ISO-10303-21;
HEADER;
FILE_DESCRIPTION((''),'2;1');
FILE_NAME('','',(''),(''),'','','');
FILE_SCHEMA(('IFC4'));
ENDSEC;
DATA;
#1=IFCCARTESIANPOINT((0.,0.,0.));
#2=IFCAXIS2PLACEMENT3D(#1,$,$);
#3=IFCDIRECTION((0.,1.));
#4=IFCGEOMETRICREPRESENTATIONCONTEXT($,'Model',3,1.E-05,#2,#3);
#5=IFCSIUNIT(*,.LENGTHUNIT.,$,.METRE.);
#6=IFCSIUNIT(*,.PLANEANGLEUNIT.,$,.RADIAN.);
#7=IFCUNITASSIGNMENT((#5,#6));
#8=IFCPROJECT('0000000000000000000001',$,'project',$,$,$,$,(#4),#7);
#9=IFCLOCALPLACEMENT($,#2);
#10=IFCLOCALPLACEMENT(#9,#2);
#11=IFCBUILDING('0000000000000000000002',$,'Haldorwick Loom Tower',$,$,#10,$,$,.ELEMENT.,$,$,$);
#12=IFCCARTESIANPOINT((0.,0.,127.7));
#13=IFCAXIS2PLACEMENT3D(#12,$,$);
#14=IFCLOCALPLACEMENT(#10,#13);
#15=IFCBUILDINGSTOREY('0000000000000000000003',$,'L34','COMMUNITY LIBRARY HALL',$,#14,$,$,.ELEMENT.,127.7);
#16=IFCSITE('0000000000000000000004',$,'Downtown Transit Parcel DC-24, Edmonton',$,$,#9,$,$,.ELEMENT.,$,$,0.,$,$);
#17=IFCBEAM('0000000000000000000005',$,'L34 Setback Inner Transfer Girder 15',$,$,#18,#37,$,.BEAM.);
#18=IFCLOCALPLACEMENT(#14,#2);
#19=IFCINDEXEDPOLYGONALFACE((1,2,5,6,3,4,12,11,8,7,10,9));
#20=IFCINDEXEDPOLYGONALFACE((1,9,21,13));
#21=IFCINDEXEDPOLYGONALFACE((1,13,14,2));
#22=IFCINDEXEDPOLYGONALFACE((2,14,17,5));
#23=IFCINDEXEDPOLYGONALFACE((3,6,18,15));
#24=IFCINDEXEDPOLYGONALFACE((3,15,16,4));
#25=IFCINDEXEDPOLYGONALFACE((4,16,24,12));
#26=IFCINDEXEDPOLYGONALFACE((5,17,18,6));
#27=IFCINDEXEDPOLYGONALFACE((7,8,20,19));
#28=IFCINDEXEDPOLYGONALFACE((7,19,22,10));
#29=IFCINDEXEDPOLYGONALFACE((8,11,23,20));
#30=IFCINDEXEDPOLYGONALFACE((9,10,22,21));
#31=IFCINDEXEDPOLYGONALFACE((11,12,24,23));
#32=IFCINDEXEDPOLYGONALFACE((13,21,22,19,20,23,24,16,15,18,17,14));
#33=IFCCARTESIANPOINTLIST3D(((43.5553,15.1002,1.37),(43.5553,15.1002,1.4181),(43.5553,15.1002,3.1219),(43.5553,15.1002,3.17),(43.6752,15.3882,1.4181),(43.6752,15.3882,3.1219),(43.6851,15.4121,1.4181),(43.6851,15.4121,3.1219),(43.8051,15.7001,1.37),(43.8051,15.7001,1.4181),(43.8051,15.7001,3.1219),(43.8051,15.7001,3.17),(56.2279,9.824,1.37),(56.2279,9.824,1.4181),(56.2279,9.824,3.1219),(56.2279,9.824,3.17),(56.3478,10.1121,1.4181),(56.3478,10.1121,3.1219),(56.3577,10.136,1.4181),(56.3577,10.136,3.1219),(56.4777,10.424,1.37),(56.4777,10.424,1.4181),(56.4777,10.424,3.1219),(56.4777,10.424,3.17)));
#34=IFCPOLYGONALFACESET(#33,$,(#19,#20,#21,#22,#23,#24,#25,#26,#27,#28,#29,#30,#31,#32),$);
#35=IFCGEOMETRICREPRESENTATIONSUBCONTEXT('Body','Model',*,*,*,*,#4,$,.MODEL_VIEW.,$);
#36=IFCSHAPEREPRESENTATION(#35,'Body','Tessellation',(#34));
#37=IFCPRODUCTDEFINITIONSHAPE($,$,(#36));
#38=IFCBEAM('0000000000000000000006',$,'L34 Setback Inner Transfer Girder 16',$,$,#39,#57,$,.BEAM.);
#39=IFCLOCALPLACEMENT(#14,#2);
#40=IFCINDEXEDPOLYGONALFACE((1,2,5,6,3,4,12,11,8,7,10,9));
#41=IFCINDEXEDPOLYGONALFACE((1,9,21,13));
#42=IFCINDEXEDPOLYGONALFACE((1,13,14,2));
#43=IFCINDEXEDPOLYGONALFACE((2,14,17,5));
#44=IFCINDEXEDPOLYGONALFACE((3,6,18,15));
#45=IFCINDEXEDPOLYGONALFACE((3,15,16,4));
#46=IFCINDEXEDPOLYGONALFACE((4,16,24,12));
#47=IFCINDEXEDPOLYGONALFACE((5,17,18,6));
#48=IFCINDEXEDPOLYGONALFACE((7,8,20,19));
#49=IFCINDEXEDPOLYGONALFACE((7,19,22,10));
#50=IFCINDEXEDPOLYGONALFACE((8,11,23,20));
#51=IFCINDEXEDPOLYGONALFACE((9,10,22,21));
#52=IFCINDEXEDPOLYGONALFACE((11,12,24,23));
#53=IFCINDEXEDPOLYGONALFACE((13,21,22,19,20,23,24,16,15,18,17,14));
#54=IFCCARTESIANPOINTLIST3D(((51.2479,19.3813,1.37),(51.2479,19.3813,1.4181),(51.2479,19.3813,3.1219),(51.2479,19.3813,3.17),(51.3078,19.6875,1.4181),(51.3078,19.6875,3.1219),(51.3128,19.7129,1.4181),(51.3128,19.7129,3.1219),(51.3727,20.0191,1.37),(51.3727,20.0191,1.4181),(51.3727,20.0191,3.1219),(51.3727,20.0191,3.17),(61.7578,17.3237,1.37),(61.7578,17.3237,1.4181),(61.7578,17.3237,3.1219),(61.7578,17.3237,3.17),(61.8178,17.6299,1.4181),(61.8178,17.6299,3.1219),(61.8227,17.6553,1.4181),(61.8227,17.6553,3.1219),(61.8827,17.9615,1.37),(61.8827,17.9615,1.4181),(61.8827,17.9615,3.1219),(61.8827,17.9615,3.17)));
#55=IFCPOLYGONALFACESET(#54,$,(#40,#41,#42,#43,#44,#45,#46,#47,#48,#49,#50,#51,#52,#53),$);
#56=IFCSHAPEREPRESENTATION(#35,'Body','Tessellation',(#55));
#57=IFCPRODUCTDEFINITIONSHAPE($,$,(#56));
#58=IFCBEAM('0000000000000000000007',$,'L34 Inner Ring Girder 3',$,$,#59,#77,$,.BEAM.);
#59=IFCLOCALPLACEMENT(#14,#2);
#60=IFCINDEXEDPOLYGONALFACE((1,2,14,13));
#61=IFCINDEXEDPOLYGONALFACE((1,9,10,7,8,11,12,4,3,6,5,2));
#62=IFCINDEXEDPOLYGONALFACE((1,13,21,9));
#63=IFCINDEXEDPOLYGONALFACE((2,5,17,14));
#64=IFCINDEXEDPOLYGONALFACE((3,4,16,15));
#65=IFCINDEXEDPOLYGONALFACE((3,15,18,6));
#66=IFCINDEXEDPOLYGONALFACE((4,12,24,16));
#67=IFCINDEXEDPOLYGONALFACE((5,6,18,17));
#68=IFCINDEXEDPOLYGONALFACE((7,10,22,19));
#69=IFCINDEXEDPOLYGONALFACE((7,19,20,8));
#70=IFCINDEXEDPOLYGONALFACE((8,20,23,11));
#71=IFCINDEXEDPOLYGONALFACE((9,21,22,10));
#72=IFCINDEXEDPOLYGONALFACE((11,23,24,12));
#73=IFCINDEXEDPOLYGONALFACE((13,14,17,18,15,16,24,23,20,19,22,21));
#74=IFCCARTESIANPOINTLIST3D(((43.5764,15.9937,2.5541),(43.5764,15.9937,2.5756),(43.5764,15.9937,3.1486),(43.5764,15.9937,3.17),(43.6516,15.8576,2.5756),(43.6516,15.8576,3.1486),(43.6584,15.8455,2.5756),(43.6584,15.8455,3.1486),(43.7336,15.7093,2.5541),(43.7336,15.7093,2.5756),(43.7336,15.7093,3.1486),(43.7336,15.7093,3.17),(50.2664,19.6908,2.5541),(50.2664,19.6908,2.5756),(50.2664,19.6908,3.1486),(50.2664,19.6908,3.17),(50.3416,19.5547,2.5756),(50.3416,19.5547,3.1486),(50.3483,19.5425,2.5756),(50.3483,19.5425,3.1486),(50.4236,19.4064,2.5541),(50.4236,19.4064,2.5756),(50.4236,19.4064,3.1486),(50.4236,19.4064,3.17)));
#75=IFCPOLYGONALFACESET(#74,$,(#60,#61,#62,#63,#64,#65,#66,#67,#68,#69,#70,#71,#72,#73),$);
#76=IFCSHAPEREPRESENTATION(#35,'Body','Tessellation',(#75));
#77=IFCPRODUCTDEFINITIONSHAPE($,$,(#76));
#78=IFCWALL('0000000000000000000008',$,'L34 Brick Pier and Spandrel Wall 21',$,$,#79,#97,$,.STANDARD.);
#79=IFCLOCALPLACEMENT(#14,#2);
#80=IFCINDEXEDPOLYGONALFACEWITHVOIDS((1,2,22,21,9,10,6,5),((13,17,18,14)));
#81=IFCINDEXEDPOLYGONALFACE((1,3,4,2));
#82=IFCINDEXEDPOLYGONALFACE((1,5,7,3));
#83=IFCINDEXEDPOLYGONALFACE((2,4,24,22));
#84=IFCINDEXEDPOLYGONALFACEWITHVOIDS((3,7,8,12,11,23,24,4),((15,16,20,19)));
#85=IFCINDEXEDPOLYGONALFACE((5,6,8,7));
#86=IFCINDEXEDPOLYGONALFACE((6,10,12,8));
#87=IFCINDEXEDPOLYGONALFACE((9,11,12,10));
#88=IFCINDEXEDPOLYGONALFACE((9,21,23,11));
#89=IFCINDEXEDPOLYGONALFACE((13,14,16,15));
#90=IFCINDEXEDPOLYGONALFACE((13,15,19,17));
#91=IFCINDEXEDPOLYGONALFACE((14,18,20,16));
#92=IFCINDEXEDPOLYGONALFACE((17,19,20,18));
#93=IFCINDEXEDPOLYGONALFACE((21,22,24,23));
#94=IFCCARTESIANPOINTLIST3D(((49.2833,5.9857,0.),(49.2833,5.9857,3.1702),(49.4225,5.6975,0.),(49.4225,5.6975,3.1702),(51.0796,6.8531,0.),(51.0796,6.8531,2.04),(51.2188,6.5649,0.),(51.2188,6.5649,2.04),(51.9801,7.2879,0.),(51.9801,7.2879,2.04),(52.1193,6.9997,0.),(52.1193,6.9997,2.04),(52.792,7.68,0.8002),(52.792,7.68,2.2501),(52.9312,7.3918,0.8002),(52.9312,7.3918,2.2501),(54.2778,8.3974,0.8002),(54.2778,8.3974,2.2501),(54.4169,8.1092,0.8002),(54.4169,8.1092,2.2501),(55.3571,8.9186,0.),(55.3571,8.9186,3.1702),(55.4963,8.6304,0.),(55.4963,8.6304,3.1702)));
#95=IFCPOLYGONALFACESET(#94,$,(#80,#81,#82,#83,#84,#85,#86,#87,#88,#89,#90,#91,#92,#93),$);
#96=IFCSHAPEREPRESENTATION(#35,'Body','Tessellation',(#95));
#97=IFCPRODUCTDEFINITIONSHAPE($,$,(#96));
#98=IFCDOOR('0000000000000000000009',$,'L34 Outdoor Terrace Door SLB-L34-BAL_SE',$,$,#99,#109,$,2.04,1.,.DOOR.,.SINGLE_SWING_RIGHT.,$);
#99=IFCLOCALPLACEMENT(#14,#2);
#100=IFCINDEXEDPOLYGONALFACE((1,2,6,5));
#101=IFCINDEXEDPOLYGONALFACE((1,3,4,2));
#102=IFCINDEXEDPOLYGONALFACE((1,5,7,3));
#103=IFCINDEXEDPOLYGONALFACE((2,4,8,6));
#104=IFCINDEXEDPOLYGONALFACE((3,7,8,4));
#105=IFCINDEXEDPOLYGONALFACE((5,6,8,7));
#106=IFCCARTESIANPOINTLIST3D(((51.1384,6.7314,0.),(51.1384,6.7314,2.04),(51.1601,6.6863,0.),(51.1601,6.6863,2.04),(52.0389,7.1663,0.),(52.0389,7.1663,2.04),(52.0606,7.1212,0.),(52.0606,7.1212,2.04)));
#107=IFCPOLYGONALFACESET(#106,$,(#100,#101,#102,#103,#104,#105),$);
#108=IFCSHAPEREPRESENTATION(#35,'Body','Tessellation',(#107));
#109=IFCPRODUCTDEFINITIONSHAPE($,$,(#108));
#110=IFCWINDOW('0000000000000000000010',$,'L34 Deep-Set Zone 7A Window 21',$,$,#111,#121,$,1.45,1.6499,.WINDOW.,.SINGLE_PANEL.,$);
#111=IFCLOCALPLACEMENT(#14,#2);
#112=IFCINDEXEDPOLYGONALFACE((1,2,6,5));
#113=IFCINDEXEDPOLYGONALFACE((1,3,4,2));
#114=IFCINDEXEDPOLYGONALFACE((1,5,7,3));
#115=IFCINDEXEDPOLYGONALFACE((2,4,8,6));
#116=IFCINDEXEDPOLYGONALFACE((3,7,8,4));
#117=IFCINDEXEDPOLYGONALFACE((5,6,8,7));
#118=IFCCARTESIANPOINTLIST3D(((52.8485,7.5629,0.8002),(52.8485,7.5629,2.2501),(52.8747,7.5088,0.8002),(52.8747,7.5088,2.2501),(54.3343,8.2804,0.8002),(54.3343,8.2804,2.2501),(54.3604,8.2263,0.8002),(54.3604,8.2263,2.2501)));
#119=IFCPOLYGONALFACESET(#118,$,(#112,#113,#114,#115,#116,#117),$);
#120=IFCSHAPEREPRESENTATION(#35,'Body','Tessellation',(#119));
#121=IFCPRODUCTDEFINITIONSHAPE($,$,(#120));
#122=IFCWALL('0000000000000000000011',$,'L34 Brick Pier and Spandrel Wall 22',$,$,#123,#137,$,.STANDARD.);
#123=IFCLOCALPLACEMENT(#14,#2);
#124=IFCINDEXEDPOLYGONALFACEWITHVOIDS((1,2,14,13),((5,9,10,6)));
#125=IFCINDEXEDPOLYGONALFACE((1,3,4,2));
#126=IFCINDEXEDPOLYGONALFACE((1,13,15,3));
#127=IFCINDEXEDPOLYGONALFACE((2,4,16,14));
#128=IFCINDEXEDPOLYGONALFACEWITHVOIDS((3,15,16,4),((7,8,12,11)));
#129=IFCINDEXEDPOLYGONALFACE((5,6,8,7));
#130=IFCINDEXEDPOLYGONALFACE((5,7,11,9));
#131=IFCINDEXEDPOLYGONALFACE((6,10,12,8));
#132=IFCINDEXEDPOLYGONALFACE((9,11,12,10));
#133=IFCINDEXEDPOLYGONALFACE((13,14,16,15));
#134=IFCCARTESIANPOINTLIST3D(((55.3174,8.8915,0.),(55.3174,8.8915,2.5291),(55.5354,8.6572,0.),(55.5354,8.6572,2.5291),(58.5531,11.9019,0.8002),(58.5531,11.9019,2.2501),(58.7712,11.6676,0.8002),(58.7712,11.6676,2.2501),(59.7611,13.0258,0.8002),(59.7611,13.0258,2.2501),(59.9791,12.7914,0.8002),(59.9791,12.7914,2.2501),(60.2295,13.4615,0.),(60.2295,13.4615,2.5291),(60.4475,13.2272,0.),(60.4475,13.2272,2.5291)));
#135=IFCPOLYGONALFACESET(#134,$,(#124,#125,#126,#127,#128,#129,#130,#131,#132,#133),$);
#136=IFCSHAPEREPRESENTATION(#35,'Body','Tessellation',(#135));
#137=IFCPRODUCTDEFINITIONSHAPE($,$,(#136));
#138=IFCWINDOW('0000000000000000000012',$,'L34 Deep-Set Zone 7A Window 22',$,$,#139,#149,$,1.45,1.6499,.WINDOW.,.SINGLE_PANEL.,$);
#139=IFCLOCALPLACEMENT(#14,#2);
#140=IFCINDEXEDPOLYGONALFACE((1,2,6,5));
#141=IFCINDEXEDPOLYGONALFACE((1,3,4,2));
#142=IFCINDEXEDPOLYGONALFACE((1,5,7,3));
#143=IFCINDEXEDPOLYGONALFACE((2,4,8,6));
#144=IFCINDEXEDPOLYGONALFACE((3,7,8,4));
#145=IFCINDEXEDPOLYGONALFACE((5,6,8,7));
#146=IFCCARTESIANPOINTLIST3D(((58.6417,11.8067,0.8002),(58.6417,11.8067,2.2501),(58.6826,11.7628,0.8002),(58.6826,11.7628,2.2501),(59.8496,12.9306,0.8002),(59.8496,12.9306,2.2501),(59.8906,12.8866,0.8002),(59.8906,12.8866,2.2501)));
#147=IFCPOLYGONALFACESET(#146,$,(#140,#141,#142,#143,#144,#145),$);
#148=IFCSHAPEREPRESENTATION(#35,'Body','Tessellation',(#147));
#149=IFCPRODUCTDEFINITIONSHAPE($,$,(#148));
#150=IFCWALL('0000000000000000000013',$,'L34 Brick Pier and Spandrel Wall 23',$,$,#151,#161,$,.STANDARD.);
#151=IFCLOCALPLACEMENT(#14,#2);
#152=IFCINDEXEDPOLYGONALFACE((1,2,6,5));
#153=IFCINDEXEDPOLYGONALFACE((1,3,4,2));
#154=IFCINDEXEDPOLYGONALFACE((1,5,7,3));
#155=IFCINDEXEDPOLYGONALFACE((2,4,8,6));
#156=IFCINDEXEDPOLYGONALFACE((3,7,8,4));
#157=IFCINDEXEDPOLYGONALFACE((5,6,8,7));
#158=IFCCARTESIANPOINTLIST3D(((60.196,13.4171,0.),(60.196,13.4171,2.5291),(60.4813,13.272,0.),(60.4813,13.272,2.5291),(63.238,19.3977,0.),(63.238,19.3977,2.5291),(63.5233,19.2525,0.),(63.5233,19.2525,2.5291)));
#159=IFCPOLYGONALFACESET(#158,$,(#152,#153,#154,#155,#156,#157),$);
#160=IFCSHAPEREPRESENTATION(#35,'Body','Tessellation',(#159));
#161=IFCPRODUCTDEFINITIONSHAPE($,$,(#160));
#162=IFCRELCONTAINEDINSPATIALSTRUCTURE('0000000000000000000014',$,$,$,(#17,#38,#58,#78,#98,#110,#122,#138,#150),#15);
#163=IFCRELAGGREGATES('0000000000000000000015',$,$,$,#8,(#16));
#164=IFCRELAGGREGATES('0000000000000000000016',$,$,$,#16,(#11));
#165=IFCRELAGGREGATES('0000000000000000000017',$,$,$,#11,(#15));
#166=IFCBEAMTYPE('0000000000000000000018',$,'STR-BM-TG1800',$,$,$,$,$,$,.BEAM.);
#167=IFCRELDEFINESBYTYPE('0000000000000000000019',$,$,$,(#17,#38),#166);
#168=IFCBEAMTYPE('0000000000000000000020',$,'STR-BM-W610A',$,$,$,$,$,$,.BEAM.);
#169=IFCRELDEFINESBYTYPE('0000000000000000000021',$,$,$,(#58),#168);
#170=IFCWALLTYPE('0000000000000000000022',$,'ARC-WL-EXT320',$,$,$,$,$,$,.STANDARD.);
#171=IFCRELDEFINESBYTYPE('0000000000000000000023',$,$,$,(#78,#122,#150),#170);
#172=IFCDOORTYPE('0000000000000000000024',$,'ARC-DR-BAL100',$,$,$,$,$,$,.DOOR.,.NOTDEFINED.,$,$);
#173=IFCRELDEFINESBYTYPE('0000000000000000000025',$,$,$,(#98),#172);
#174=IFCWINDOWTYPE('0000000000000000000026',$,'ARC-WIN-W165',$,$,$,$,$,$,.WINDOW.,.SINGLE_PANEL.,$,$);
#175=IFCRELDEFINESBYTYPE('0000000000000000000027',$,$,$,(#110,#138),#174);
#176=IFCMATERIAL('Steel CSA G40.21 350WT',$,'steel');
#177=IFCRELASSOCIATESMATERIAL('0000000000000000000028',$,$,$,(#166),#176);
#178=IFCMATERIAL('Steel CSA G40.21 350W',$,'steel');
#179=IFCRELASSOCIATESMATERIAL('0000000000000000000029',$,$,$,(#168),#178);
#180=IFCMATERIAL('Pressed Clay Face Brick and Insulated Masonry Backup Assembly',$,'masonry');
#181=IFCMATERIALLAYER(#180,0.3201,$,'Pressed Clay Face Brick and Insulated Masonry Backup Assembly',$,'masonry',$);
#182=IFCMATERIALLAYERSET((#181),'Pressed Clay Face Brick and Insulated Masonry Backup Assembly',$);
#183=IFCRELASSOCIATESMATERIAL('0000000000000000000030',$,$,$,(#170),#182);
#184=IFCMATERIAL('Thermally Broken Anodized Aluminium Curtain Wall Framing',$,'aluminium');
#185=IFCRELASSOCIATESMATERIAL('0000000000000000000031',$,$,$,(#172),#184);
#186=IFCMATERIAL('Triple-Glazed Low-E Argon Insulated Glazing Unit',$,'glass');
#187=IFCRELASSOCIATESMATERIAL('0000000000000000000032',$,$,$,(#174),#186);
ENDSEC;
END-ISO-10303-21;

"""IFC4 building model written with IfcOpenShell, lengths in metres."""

from ifc_helpers import new_model, si_unit, direction, frame, frame_2d, origin, origin_2d, place, context, subcontext, project, spatial, rectangle, i_section, extrude, material, layer, layer_set, material_profile, profile_set, type_object, element, fill, save


model = new_model("IFC4")

# Units and contexts
model_context = context("Model", 3, precision=1e-05, world=origin(), true_north=direction((0.0, 1.0)))
body_context = subcontext(model_context, "Body", "Model", "MODEL_VIEW")
ifc_project = project(units=[si_unit("LENGTHUNIT", "METRE"), si_unit("PLANEANGLEUNIT", "RADIAN")], contexts=[model_context])

# Site, building, storey
site_placement = place(None, origin())
site = spatial("IfcSite", under=ifc_project, at=site_placement, Name="Downtown Transit Parcel DC-24, Edmonton", CompositionType="ELEMENT", RefElevation=0.0)
building_placement = place(site_placement, origin())
building = spatial("IfcBuilding", under=site, at=building_placement, Name="Haldorwick Loom Tower", CompositionType="ELEMENT")
storey_placement = place(building_placement, frame((0.0, 0.0, 127.7)))
storey = spatial("IfcBuildingStorey", under=building, at=storey_placement, Name="L34", Description="COMMUNITY LIBRARY HALL", CompositionType="ELEMENT", Elevation=127.7)

# Shared definitions
ifc_material_1 = material(Name="Steel CSA G40.21 350WT", Category="steel")

# Beams
ifc_material_2 = material(Name="Steel CSA G40.21 350W", Category="steel")
ifc_material_profile_1 = material_profile(ifc_material_1, i_section(OverallWidth=0.6499, OverallDepth=1.8, WebThickness=0.0259, FlangeThickness=0.0481, at=origin_2d()), Name="WWF1800X650", Category="steel")
ifc_profile_set_1 = profile_set([ifc_material_profile_1], Name="Steel CSA G40.21 350WT")
beam_type_1 = type_object("IfcBeamType", Name="STR-BM-TG1800", PredefinedType="BEAM", material=ifc_profile_set_1)
beam_1_placement = place(storey_placement, frame((43.6802, 15.4001, 2.27), z_axis=(0.923184, -0.384359, 0.0), x_axis=(0.384359, 0.923184, 0.0)))
element("IfcBeam", 1, at=beam_1_placement, inside=storey, type_object=beam_type_1, Name="L34 Setback Inner Transfer Girder 15", PredefinedType="BEAM", context=body_context, shape_type="SweptSolid", body=[
    extrude(i_section(OverallWidth=0.6499, OverallDepth=1.8, WebThickness=0.0259, FlangeThickness=0.0481, at=origin_2d()), origin(), (0.0, 0.0, 1.0), 13.7271),
])
beam_2_placement = place(storey_placement, frame((51.3103, 19.7002, 2.27), z_axis=(0.98137, -0.192129, 0.0), x_axis=(0.192129, 0.98137, 0.0)))
element("IfcBeam", 2, at=beam_2_placement, inside=storey, type_object=beam_type_1, Name="L34 Setback Inner Transfer Girder 16", PredefinedType="BEAM", context=body_context, shape_type="SweptSolid", body=[
    extrude(i_section(OverallWidth=0.6499, OverallDepth=1.8, WebThickness=0.0259, FlangeThickness=0.0481, at=origin_2d()), origin(), (0.0, 0.0, 1.0), 10.7095),
])
ifc_material_profile_2 = material_profile(ifc_material_2, i_section(OverallWidth=0.325, OverallDepth=0.616, WebThickness=0.0139, FlangeThickness=0.0215, at=origin_2d()), Name="W610X174", Category="steel")
ifc_profile_set_2 = profile_set([ifc_material_profile_2], Name="Steel CSA G40.21 350W")
beam_type_2 = type_object("IfcBeamType", Name="STR-BM-W610A", PredefinedType="BEAM", material=ifc_profile_set_2)
beam_3_placement = place(storey_placement, frame((50.345, 19.5486, 2.8621), z_axis=(-0.875244, -0.483681, 0.0), x_axis=(0.483681, -0.875244, 0.0)))
element("IfcBeam", 3, at=beam_3_placement, inside=storey, type_object=beam_type_2, Name="L34 Inner Ring Girder 3", PredefinedType="BEAM", context=body_context, shape_type="SweptSolid", body=[
    extrude(i_section(OverallWidth=0.325, OverallDepth=0.616, WebThickness=0.0139, FlangeThickness=0.0215, at=origin_2d()), origin(), (0.0, 0.0, 1.0), 7.6436),
])

# Wall, openings, door, window
ifc_material_3 = material(Name="Pressed Clay Face Brick and Insulated Masonry Backup Assembly", Category="masonry")
ifc_layer_1 = layer(ifc_material_3, 0.3201, Name="Pressed Clay Face Brick and Insulated Masonry Backup Assembly", Category="masonry")
ifc_layer_set_1 = layer_set([ifc_layer_1], Name="Pressed Clay Face Brick and Insulated Masonry Backup Assembly")
wall_type_1 = type_object("IfcWallType", Name="ARC-WL-EXT320", PredefinedType="STANDARD", material=ifc_layer_set_1)
wall_1_placement = place(storey_placement, frame((49.3528, 5.8416, 0.0), z_axis=(0.0, 0.0, 1.0), x_axis=(0.90051, 0.434835, 0.0)))
wall_1 = element("IfcWall", 4, at=wall_1_placement, inside=storey, type_object=wall_type_1, Name="L34 Brick Pier and Spandrel Wall 21", PredefinedType="STANDARD", context=body_context, shape_type="SweptSolid", body=[
    extrude(rectangle(XDim=6.7449, YDim=0.3201, at=frame_2d((3.3726, 0.0))), origin(), (0.0, 0.0, 1.0), 3.1702),
])
opening_1_placement = place(wall_1_placement, frame((1.9949, 0.0, 0.0)))
opening_1 = element("IfcOpeningElement", 5, at=opening_1_placement, cuts=wall_1, PredefinedType="OPENING", context=body_context, shape_type="SweptSolid", body=[
    extrude(rectangle(XDim=1.0, YDim=2.04, at=frame_2d((0.5, 1.02))), frame((0.0, 0.1699, 0.0), z_axis=(0.0, -1.0, 0.0), x_axis=(1.0, 0.0, 0.0)), (0.0, 0.0, 1.0), 0.3401),
])
opening_2_placement = place(wall_1_placement, frame((3.8965, 0.0, 0.8)))
opening_2 = element("IfcOpeningElement", 6, at=opening_2_placement, cuts=wall_1, PredefinedType="OPENING", context=body_context, shape_type="SweptSolid", body=[
    extrude(rectangle(XDim=1.6499, YDim=1.45, at=frame_2d((0.825, 0.7251))), frame((0.0, 0.1699, 0.0), z_axis=(0.0, -1.0, 0.0), x_axis=(1.0, 0.0, 0.0)), (0.0, 0.0, 1.0), 0.3401),
])
ifc_material_4 = material(Name="Thermally Broken Anodized Aluminium Curtain Wall Framing", Category="aluminium")
door_type_1 = type_object("IfcDoorType", Name="ARC-DR-BAL100", OperationType="NOTDEFINED", PredefinedType="DOOR", material=ifc_material_4)
door_1_placement = place(opening_1_placement, origin())
door_1 = element("IfcDoor", 7, at=door_1_placement, inside=storey, type_object=door_type_1, Name="L34 Outdoor Terrace Door SLB-L34-BAL_SE", OperationType="SINGLE_SWING_RIGHT", OverallHeight=2.04, OverallWidth=1.0, PredefinedType="DOOR", context=body_context, shape_type="SweptSolid", body=[
    extrude(rectangle(XDim=1.0, YDim=2.04, at=frame_2d((0.5, 1.02))), frame((0.0, 0.0249, 0.0), z_axis=(0.0, -1.0, 0.0), x_axis=(1.0, 0.0, 0.0)), (0.0, 0.0, 1.0), 0.05),
])
fill(opening_1, door_1)
ifc_material_5 = material(Name="Triple-Glazed Low-E Argon Insulated Glazing Unit", Category="glass")
window_type = type_object("IfcWindowType", Name="ARC-WIN-W165", PartitioningType="SINGLE_PANEL", PredefinedType="WINDOW", material=ifc_material_5)
window_1_placement = place(opening_2_placement, origin())
window_1 = element("IfcWindow", 8, at=window_1_placement, inside=storey, type_object=window_type, Name="L34 Deep-Set Zone 7A Window 21", OverallHeight=1.45, OverallWidth=1.6499, PartitioningType="SINGLE_PANEL", PredefinedType="WINDOW", context=body_context, shape_type="SweptSolid", body=[
    extrude(rectangle(XDim=1.6499, YDim=1.45, at=frame_2d((0.825, 0.7251))), frame((0.0, 0.03, 0.0), z_axis=(0.0, -1.0, 0.0), x_axis=(1.0, 0.0, 0.0)), (0.0, 0.0, 1.0), 0.0601),
])
fill(opening_2, window_1)

# Wall, opening, window
wall_2_placement = place(storey_placement, frame((55.4265, 8.7744, 0.0), z_axis=(0.0, 0.0, 1.0), x_axis=(0.732137, 0.681157, 0.0)))
wall_2 = element("IfcWall", 9, at=wall_2_placement, inside=storey, type_object=wall_type_1, Name="L34 Brick Pier and Spandrel Wall 22", PredefinedType="STANDARD", context=body_context, shape_type="SweptSolid", body=[
    extrude(rectangle(XDim=6.7092, YDim=0.3201, at=frame_2d((3.3545, 0.0))), origin(), (0.0, 0.0, 1.0), 2.5291),
])
opening_3_placement = place(wall_2_placement, frame((4.4194, 0.0, 0.8)))
opening_3 = element("IfcOpeningElement", 10, at=opening_3_placement, cuts=wall_2, PredefinedType="OPENING", context=body_context, shape_type="SweptSolid", body=[
    extrude(rectangle(XDim=1.6499, YDim=1.45, at=frame_2d((0.825, 0.7251))), frame((0.0, 0.1699, 0.0), z_axis=(0.0, -1.0, 0.0), x_axis=(1.0, 0.0, 0.0)), (0.0, 0.0, 1.0), 0.3401),
])
window_2_placement = place(opening_3_placement, origin())
window_2 = element("IfcWindow", 11, at=window_2_placement, inside=storey, type_object=window_type, Name="L34 Deep-Set Zone 7A Window 22", OverallHeight=1.45, OverallWidth=1.6499, PartitioningType="SINGLE_PANEL", PredefinedType="WINDOW", context=body_context, shape_type="SweptSolid", body=[
    extrude(rectangle(XDim=1.6499, YDim=1.45, at=frame_2d((0.825, 0.7251))), frame((0.0, 0.03, 0.0), z_axis=(0.0, -1.0, 0.0), x_axis=(1.0, 0.0, 0.0)), (0.0, 0.0, 1.0), 0.0601),
])
fill(opening_3, window_2)

# Wall
wall_3_placement = place(storey_placement, frame((60.3386, 13.3445, 0.0), z_axis=(0.0, 0.0, 1.0), x_axis=(0.453374, 0.89132, 0.0)))
element("IfcWall", 12, at=wall_3_placement, inside=storey, type_object=wall_type_1, Name="L34 Brick Pier and Spandrel Wall 23", PredefinedType="STANDARD", context=body_context, shape_type="SweptSolid", body=[
    extrude(rectangle(XDim=6.7097, YDim=0.3201, at=frame_2d((3.355, 0.0))), origin(), (0.0, 0.0, 1.0), 2.5291),
])

save(model, "model.ifc")
